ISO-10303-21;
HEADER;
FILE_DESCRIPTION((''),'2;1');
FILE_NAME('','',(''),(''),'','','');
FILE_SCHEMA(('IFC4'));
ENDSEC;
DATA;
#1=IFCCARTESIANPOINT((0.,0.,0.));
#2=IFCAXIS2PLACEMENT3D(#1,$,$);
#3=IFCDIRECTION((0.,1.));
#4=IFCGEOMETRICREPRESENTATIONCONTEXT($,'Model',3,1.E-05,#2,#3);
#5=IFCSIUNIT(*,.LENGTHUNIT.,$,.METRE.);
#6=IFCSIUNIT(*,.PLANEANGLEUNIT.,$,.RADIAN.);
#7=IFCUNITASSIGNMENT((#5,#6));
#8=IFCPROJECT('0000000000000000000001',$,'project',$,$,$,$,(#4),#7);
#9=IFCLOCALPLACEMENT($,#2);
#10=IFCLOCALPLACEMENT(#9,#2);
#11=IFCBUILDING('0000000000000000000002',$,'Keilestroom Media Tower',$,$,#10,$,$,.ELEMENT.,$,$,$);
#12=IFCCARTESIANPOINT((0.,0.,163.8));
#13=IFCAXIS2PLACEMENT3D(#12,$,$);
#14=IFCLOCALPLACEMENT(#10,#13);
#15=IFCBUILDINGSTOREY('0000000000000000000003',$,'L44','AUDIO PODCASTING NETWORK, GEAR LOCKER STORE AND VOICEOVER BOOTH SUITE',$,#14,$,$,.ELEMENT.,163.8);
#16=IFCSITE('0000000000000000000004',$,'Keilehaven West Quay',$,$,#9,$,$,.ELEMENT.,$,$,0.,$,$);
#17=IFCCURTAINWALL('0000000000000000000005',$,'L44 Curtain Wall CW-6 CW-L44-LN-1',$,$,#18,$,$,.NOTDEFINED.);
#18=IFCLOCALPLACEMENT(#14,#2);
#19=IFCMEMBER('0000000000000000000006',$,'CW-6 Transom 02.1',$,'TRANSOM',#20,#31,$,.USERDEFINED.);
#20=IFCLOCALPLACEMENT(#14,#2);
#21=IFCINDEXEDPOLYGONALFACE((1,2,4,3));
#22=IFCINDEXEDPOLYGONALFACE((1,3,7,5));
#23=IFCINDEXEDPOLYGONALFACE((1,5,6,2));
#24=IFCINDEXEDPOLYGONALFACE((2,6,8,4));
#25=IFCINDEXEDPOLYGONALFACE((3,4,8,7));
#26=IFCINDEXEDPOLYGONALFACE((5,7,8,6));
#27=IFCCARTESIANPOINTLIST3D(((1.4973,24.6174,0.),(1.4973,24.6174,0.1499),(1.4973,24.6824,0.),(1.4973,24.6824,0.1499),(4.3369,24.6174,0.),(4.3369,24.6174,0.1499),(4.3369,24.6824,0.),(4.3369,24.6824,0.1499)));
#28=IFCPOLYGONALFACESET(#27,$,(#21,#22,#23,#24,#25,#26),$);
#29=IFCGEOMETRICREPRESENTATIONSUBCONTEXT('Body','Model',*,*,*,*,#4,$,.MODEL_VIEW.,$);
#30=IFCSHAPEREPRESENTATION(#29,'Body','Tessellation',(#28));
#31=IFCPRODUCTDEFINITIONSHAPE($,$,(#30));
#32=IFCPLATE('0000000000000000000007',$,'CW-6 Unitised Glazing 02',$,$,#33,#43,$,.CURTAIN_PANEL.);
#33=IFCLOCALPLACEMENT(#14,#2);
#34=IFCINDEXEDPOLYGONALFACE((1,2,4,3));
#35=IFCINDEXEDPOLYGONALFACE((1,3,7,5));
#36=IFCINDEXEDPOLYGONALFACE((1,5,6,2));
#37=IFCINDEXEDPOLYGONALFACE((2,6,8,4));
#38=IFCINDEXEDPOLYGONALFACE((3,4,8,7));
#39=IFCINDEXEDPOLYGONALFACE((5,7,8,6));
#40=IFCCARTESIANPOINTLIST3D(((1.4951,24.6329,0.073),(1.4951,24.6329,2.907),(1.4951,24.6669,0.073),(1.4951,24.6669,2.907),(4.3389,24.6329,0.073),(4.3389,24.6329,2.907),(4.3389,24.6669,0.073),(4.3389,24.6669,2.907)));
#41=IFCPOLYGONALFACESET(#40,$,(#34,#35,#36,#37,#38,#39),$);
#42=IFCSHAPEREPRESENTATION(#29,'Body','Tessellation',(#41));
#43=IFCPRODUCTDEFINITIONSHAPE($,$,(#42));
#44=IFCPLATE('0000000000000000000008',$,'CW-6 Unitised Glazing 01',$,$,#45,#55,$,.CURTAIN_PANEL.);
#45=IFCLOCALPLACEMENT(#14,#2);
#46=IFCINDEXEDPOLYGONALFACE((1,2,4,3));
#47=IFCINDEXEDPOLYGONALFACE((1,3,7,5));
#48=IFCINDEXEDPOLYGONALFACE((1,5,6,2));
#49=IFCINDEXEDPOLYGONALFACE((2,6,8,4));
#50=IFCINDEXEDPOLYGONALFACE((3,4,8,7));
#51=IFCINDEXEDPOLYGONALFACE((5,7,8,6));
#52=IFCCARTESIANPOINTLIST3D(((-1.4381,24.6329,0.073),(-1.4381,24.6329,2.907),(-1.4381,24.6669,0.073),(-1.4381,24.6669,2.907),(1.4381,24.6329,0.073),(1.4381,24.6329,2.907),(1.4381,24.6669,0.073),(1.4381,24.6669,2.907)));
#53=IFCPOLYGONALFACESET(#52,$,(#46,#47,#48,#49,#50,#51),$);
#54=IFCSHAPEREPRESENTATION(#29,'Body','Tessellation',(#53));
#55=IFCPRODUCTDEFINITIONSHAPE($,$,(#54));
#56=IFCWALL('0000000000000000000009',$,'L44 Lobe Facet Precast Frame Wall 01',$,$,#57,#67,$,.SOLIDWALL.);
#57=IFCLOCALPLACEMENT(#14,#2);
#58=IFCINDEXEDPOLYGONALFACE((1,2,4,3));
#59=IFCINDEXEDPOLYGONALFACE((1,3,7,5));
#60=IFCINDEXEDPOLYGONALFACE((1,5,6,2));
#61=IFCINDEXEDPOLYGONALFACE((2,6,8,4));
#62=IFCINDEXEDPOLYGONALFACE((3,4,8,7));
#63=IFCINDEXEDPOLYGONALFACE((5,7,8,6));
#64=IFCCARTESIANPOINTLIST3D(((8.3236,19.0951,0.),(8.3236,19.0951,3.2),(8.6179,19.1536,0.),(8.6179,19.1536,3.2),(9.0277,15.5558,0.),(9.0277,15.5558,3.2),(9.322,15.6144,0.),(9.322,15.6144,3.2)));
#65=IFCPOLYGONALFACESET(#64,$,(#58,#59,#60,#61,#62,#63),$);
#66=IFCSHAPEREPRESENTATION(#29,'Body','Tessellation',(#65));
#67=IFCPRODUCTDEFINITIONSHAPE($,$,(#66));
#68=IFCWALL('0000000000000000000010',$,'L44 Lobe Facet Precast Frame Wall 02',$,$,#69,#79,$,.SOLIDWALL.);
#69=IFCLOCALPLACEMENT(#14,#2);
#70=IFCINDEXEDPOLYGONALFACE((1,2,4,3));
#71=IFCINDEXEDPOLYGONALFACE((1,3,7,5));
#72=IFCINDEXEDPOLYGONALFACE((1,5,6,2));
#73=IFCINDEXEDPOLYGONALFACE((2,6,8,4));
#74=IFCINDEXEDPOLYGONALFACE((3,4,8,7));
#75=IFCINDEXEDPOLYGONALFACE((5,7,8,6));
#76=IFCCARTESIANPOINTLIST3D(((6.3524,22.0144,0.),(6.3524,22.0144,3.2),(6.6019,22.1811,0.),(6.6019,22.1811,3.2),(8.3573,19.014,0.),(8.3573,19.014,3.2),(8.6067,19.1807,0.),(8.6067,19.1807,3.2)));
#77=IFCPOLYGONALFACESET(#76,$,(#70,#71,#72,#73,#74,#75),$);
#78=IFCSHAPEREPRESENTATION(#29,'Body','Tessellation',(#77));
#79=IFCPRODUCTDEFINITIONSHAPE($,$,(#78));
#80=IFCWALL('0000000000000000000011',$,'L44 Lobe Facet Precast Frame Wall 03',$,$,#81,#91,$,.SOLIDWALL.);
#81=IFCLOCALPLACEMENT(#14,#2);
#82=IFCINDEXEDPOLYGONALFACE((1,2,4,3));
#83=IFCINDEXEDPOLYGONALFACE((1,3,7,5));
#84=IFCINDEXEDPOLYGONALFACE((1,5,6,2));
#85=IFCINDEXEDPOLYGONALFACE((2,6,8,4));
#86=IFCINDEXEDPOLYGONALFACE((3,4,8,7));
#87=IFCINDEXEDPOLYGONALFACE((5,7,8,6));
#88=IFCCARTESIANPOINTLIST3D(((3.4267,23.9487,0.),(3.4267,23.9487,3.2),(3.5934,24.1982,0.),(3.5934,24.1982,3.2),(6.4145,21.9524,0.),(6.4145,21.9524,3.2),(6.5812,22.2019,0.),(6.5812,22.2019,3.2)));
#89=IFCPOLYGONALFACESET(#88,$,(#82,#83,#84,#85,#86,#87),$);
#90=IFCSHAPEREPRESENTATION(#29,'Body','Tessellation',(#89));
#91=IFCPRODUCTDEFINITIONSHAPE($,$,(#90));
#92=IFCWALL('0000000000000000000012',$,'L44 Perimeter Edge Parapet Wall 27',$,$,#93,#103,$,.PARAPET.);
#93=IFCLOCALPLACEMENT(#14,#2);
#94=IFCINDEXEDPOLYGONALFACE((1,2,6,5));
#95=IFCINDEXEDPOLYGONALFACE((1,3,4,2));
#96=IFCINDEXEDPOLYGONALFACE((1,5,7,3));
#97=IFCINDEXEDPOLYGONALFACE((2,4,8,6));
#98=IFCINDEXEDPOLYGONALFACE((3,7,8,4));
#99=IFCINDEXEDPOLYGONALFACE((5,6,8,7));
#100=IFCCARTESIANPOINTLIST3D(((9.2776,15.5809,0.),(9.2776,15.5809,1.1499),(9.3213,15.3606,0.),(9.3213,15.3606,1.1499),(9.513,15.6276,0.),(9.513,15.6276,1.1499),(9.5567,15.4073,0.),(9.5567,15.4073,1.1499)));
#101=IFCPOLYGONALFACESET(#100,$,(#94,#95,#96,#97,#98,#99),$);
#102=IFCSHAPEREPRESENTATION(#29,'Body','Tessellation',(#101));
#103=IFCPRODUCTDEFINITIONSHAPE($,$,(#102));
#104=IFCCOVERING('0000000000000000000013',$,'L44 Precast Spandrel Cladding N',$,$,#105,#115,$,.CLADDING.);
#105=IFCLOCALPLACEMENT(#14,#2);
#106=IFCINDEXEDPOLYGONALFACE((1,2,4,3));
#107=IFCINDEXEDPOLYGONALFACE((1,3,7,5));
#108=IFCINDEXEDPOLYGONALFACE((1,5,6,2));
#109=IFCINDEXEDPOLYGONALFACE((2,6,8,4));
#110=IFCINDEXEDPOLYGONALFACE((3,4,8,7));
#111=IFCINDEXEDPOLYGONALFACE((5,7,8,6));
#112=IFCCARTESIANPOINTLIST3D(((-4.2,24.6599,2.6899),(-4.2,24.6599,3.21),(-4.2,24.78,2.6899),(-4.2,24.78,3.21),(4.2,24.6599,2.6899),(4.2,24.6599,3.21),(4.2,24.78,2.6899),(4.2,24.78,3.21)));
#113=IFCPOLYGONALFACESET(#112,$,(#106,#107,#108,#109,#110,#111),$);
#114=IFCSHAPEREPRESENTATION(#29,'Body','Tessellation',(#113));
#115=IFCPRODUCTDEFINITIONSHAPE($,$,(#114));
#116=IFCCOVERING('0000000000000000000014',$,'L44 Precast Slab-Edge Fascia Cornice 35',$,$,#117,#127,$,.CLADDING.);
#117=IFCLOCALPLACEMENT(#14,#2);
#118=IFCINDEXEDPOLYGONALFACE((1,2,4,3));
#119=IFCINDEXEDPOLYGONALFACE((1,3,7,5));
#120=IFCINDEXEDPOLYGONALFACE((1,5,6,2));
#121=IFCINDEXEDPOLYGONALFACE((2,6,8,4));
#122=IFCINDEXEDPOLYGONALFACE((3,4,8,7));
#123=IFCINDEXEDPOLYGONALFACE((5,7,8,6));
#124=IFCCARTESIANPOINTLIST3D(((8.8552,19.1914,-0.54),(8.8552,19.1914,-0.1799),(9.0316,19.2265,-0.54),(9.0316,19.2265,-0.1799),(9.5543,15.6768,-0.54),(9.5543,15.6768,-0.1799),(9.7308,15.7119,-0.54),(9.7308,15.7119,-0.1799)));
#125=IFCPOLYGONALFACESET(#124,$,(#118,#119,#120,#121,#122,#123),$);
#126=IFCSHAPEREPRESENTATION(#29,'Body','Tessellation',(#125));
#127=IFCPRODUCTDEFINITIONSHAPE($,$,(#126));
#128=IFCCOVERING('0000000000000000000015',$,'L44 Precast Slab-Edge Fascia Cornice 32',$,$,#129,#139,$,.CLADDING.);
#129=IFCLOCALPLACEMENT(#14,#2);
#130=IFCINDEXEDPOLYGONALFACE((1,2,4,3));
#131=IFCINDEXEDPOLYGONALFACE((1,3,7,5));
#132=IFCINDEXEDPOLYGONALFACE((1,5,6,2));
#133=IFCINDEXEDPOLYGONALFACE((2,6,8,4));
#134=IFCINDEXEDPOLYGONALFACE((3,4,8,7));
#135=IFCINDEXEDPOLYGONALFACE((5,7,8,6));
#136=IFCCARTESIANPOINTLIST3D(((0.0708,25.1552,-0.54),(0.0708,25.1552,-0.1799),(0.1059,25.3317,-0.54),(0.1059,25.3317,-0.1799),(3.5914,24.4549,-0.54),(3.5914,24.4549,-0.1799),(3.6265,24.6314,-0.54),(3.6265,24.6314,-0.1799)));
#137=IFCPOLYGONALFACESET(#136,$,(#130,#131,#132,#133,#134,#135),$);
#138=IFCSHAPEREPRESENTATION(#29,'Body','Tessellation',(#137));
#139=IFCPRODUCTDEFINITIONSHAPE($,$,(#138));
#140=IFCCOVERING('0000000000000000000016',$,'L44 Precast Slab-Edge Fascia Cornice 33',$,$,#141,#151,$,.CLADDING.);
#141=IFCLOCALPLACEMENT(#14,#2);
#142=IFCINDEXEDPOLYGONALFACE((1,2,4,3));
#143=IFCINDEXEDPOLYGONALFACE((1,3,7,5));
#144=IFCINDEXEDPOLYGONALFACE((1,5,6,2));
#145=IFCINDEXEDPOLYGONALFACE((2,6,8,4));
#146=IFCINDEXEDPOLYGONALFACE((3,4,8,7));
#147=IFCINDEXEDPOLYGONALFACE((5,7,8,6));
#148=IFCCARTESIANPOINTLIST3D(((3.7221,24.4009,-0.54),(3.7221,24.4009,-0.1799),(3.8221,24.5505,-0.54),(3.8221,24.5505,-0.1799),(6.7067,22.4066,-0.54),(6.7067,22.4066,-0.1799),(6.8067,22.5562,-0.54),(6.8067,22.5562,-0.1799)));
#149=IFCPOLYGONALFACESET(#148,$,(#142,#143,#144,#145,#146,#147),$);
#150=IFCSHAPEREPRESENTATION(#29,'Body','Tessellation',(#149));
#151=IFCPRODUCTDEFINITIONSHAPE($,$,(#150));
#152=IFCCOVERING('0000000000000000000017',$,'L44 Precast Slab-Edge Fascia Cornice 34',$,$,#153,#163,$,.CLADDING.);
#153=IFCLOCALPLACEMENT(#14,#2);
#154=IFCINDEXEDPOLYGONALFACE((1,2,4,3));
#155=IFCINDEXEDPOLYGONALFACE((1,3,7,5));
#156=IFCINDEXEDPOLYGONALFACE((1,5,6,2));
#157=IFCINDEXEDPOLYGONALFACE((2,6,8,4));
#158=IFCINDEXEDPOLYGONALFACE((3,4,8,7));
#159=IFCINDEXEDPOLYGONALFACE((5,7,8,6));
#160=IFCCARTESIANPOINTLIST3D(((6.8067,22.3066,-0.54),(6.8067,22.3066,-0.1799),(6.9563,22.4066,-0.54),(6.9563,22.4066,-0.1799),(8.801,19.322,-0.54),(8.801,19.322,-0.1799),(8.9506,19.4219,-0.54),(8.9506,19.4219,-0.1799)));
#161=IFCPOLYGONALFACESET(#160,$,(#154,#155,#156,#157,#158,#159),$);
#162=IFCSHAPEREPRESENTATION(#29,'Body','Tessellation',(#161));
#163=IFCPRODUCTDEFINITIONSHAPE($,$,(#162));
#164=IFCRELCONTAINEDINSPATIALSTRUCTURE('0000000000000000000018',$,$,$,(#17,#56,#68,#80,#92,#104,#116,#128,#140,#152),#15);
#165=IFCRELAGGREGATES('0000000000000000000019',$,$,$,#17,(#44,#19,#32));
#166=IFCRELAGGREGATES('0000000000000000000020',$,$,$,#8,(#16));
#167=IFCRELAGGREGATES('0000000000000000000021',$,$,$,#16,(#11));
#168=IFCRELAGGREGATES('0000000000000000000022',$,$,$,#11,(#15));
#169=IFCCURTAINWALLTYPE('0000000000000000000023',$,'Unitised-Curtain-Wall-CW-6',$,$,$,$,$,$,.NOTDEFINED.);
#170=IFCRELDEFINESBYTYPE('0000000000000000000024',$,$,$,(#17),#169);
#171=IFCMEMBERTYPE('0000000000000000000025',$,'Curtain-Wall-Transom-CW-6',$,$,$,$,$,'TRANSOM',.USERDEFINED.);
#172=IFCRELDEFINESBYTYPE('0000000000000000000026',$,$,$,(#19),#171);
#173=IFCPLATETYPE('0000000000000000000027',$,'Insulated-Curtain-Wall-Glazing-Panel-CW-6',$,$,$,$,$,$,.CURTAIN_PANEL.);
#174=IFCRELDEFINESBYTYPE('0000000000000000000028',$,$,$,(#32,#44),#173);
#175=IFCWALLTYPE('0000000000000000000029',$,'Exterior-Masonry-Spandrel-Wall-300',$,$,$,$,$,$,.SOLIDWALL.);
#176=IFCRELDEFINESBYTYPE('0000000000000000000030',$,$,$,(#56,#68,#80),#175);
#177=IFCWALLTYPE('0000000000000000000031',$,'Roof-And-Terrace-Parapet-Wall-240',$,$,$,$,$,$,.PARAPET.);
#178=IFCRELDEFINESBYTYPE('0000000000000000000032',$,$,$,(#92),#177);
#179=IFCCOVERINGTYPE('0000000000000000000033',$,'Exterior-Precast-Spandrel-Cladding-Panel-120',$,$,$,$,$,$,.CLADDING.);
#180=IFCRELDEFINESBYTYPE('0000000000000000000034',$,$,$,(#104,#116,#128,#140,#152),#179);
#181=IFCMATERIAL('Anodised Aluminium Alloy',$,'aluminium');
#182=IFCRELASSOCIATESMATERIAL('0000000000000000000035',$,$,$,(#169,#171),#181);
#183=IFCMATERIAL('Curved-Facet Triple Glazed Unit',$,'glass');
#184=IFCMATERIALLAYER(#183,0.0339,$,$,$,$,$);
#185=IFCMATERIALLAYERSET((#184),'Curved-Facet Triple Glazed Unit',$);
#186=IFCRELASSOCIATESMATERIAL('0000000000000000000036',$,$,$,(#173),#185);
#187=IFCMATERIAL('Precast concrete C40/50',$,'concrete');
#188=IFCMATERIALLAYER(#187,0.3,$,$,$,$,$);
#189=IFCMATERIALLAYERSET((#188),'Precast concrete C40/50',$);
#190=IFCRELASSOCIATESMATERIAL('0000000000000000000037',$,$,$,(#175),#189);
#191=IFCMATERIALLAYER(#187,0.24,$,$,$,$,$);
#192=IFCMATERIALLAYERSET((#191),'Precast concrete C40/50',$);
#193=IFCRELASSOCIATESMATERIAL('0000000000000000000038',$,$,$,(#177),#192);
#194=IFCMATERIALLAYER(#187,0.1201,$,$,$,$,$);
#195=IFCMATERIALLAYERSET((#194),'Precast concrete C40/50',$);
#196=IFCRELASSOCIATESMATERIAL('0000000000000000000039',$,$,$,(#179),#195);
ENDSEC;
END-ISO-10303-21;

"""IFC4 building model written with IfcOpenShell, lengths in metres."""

from ifc_helpers import new_model, si_unit, direction, frame, frame_2d, origin, origin_2d, place, context, subcontext, project, spatial, rectangle, extrude, source, transform, mapped, material, layer, layer_set, material_profile, profile_set, type_object, element, aggregate, save


model = new_model("IFC4")

# Units and contexts
model_context = context("Model", 3, precision=1e-05, world=origin(), true_north=direction((0.0, 1.0)))
body_context = subcontext(model_context, "Body", "Model", "MODEL_VIEW")
ifc_project = project(units=[si_unit("LENGTHUNIT", "METRE"), si_unit("PLANEANGLEUNIT", "RADIAN")], contexts=[model_context])

# Site, building, storey
site_placement = place(None, origin())
site = spatial("IfcSite", under=ifc_project, at=site_placement, Name="Keilehaven West Quay", CompositionType="ELEMENT", RefElevation=0.0)
building_placement = place(site_placement, origin())
building = spatial("IfcBuilding", under=site, at=building_placement, Name="Keilestroom Media Tower", CompositionType="ELEMENT")
storey_placement = place(building_placement, frame((0.0, 0.0, 163.8)))
storey = spatial("IfcBuildingStorey", under=building, at=storey_placement, Name="L44", Description="AUDIO PODCASTING NETWORK, GEAR LOCKER STORE AND VOICEOVER BOOTH SUITE", CompositionType="ELEMENT", Elevation=163.8)

# Curtain wall, member, plates
ifc_material_1 = material(Name="Anodised Aluminium Alloy", Category="aluminium")
curtain_wall_type = type_object("IfcCurtainWallType", Name="Unitised-Curtain-Wall-CW-6", PredefinedType="NOTDEFINED", material=ifc_material_1)
curtain_wall_placement = place(storey_placement, origin())
curtain_wall = element("IfcCurtainWall", 1, at=curtain_wall_placement, inside=storey, type_object=curtain_wall_type, Name="L44 Curtain Wall CW-6 CW-L44-LN-1", PredefinedType="NOTDEFINED")
ifc_material_profile_1 = material_profile(ifc_material_1, rectangle(XDim=0.0649, YDim=0.1499, at=origin_2d()), Name="ALU TRANSOM 65x150")
ifc_profile_set_1 = profile_set([ifc_material_profile_1], Name="Anodised Aluminium Alloy")
member_type_1 = type_object("IfcMemberType", Name="Curtain-Wall-Transom-CW-6", ElementType="TRANSOM", PredefinedType="USERDEFINED", material=ifc_profile_set_1)
shared_shape_1 = source(origin(), body_context, "Body", "SweptSolid", [
    extrude(rectangle(XDim=0.0649, YDim=0.1499, at=origin_2d()), origin(), (0.0, 0.0, 1.0), 2.8396),
])
member_1_placement = place(storey_placement, frame((1.4973, 24.6499, 0.075), z_axis=(1.0, 0.0, 0.0), x_axis=(0.0, 1.0, 0.0)))
member_1 = element("IfcMember", 2, at=member_1_placement, type_object=member_type_1, Name="CW-6 Transom 02.1", ObjectType="TRANSOM", PredefinedType="USERDEFINED", context=body_context, shape_type="MappedRepresentation", body=[
    mapped(shared_shape_1, transform((0.0, 0.0, 0.0), x_axis=(1.0, 0.0, 0.0), y_axis=(0.0, 1.0, 0.0), z_axis=(0.0, 0.0, 1.0), scale=1.0)),
])
ifc_material_2 = material(Name="Curved-Facet Triple Glazed Unit", Category="glass")
ifc_layer_1 = layer(ifc_material_2, 0.0339)
ifc_layer_set_1 = layer_set([ifc_layer_1], Name="Curved-Facet Triple Glazed Unit")
plate_type = type_object("IfcPlateType", Name="Insulated-Curtain-Wall-Glazing-Panel-CW-6", PredefinedType="CURTAIN_PANEL", material=ifc_layer_set_1)
shared_shape_2 = source(origin(), body_context, "Body", "SweptSolid", [
    extrude(rectangle(XDim=2.8438, YDim=0.0339, at=origin_2d()), origin(), (0.0, 0.0, 1.0), 2.834),
])
plate_1_placement = place(storey_placement, frame((2.917, 24.6499, 0.073), z_axis=(0.0, 0.0, 1.0), x_axis=(1.0, 0.0, 0.0)))
plate_1 = element("IfcPlate", 3, at=plate_1_placement, type_object=plate_type, Name="CW-6 Unitised Glazing 02", PredefinedType="CURTAIN_PANEL", context=body_context, shape_type="MappedRepresentation", body=[
    mapped(shared_shape_2, transform((0.0, 0.0, 0.0), x_axis=(1.0, 0.0, 0.0), y_axis=(0.0, 1.0, 0.0), z_axis=(0.0, 0.0, 1.0), scale=1.0)),
])
shared_shape_3 = source(origin(), body_context, "Body", "SweptSolid", [
    extrude(rectangle(XDim=2.8762, YDim=0.0339, at=origin_2d()), origin(), (0.0, 0.0, 1.0), 2.834),
])
plate_2_placement = place(storey_placement, frame((0.0, 24.6499, 0.073), z_axis=(0.0, 0.0, 1.0), x_axis=(1.0, 0.0, 0.0)))
plate_2 = element("IfcPlate", 4, at=plate_2_placement, type_object=plate_type, Name="CW-6 Unitised Glazing 01", PredefinedType="CURTAIN_PANEL", context=body_context, shape_type="MappedRepresentation", body=[
    mapped(shared_shape_3, transform((0.0, 0.0, 0.0), x_axis=(1.0, 0.0, 0.0), y_axis=(0.0, 1.0, 0.0), z_axis=(0.0, 0.0, 1.0), scale=1.0)),
])
aggregate(curtain_wall, [plate_2, member_1, plate_1])

# Walls
ifc_material_3 = material(Name="Precast concrete C40/50", Category="concrete")
ifc_layer_2 = layer(ifc_material_3, 0.3)
ifc_layer_set_2 = layer_set([ifc_layer_2], Name="Precast concrete C40/50")
wall_type_1 = type_object("IfcWallType", Name="Exterior-Masonry-Spandrel-Wall-300", PredefinedType="SOLIDWALL", material=ifc_layer_set_2)
for number, where, z_axis, x_axis, name in (
    (5, (9.1748, 15.5852, 0.0), (0.0, 0.0, 1.0), (-0.195114, 0.980781, 0.0), "L44 Lobe Facet Precast Frame Wall 01"),
    (6, (8.4819, 19.0974, 0.0), (0.0, 0.0, 1.0), (-0.555574, 0.831467, 0.0), "L44 Lobe Facet Precast Frame Wall 02"),
):
    element("IfcWall", number, at=place(storey_placement, frame(where, z_axis=z_axis, x_axis=x_axis)), inside=storey, type_object=wall_type_1, Name=name, PredefinedType="SOLIDWALL", context=body_context, shape_type="SweptSolid", body=[
        extrude(rectangle(XDim=3.6086, YDim=0.3, at=frame_2d((1.8042, 0.0))), origin(), (0.0, 0.0, 1.0), 3.2),
    ])
wall_1_placement = place(storey_placement, frame((6.4978, 22.0771, 0.0), z_axis=(0.0, 0.0, 1.0), x_axis=(-0.831475, 0.555562, 0.0)))
element("IfcWall", 7, at=wall_1_placement, inside=storey, type_object=wall_type_1, Name="L44 Lobe Facet Precast Frame Wall 03", PredefinedType="SOLIDWALL", context=body_context, shape_type="SweptSolid", body=[
    extrude(rectangle(XDim=3.5933, YDim=0.3, at=frame_2d((1.7966, 0.0))), origin(), (0.0, 0.0, 1.0), 3.2),
])
ifc_layer_3 = layer(ifc_material_3, 0.24)
ifc_layer_set_3 = layer_set([ifc_layer_3], Name="Precast concrete C40/50")
wall_type_2 = type_object("IfcWallType", Name="Roof-And-Terrace-Parapet-Wall-240", PredefinedType="PARAPET", material=ifc_layer_set_3)
wall_2_placement = place(storey_placement, frame((9.3953, 15.6042, 0.0), z_axis=(0.0, 0.0, 1.0), x_axis=(0.194652, -0.980872, 0.0)))
element("IfcWall", 8, at=wall_2_placement, inside=storey, type_object=wall_type_2, Name="L44 Perimeter Edge Parapet Wall 27", PredefinedType="PARAPET", context=body_context, shape_type="SweptSolid", body=[
    extrude(rectangle(XDim=0.2246, YDim=0.24, at=frame_2d((0.1123, 0.0))), origin(), (0.0, 0.0, 1.0), 1.1499),
])

# Coverings
ifc_layer_4 = layer(ifc_material_3, 0.1201)
ifc_layer_set_4 = layer_set([ifc_layer_4], Name="Precast concrete C40/50")
covering_type = type_object("IfcCoveringType", Name="Exterior-Precast-Spandrel-Cladding-Panel-120", PredefinedType="CLADDING", material=ifc_layer_set_4)
shared_shape_4 = source(origin(), body_context, "Body", "SweptSolid", [
    extrude(rectangle(XDim=8.3999, YDim=0.1201, at=origin_2d()), origin(), (0.0, 0.0, 1.0), 0.52),
])
covering_1_placement = place(storey_placement, frame((0.0, 24.72, 2.6899), z_axis=(0.0, 0.0, 1.0), x_axis=(1.0, 0.0, 0.0)))
element("IfcCovering", 9, at=covering_1_placement, inside=storey, type_object=covering_type, Name="L44 Precast Spandrel Cladding N", PredefinedType="CLADDING", context=body_context, shape_type="MappedRepresentation", body=[
    mapped(shared_shape_4, transform((0.0, 0.0, 0.0), x_axis=(1.0, 0.0, 0.0), y_axis=(0.0, 1.0, 0.0), z_axis=(0.0, 0.0, 1.0), scale=1.0)),
])
shared_shape_5 = source(origin(), body_context, "Body", "SweptSolid", [
    extrude(rectangle(XDim=3.5835, YDim=0.1799, at=origin_2d()), origin(), (0.0, 0.0, 1.0), 0.3601),
])
covering_2_placement = place(storey_placement, frame((9.293, 17.4517, -0.54), z_axis=(0.0, 0.0, 1.0), x_axis=(0.195099, -0.980784, 0.0)))
element("IfcCovering", 10, at=covering_2_placement, inside=storey, type_object=covering_type, Name="L44 Precast Slab-Edge Fascia Cornice 35", PredefinedType="CLADDING", context=body_context, shape_type="MappedRepresentation", body=[
    mapped(shared_shape_5, transform((0.0, 0.0, 0.0), x_axis=(1.0, 0.0, 0.0), y_axis=(0.0, 1.0, 0.0), z_axis=(0.0, 0.0, 1.0), scale=1.0)),
])
shared_shape_6 = source(origin(), body_context, "Body", "SweptSolid", [
    extrude(rectangle(XDim=3.5896, YDim=0.1799, at=origin_2d()), origin(), (0.0, 0.0, 1.0), 0.3601),
])
for number, where, z_axis, x_axis, name in (
    (11, (1.8486, 24.8933, -0.54), (0.0, 0.0, 1.0), (0.980784, -0.195099, 0.0), "L44 Precast Slab-Edge Fascia Cornice 32"),
    (12, (5.2644, 23.4785, -0.54), (0.0, 0.0, 1.0), (0.831467, -0.555575, 0.0), "L44 Precast Slab-Edge Fascia Cornice 33"),
    (13, (7.8787, 20.8643, -0.54), (0.0, 0.0, 1.0), (0.555575, -0.831467, 0.0), "L44 Precast Slab-Edge Fascia Cornice 34"),
):
    element("IfcCovering", number, at=place(storey_placement, frame(where, z_axis=z_axis, x_axis=x_axis)), inside=storey, type_object=covering_type, Name=name, PredefinedType="CLADDING", context=body_context, shape_type="MappedRepresentation", body=[
        mapped(shared_shape_6, transform((0.0, 0.0, 0.0), x_axis=(1.0, 0.0, 0.0), y_axis=(0.0, 1.0, 0.0), z_axis=(0.0, 0.0, 1.0), scale=1.0)),
    ])

save(model, "model.ifc")
